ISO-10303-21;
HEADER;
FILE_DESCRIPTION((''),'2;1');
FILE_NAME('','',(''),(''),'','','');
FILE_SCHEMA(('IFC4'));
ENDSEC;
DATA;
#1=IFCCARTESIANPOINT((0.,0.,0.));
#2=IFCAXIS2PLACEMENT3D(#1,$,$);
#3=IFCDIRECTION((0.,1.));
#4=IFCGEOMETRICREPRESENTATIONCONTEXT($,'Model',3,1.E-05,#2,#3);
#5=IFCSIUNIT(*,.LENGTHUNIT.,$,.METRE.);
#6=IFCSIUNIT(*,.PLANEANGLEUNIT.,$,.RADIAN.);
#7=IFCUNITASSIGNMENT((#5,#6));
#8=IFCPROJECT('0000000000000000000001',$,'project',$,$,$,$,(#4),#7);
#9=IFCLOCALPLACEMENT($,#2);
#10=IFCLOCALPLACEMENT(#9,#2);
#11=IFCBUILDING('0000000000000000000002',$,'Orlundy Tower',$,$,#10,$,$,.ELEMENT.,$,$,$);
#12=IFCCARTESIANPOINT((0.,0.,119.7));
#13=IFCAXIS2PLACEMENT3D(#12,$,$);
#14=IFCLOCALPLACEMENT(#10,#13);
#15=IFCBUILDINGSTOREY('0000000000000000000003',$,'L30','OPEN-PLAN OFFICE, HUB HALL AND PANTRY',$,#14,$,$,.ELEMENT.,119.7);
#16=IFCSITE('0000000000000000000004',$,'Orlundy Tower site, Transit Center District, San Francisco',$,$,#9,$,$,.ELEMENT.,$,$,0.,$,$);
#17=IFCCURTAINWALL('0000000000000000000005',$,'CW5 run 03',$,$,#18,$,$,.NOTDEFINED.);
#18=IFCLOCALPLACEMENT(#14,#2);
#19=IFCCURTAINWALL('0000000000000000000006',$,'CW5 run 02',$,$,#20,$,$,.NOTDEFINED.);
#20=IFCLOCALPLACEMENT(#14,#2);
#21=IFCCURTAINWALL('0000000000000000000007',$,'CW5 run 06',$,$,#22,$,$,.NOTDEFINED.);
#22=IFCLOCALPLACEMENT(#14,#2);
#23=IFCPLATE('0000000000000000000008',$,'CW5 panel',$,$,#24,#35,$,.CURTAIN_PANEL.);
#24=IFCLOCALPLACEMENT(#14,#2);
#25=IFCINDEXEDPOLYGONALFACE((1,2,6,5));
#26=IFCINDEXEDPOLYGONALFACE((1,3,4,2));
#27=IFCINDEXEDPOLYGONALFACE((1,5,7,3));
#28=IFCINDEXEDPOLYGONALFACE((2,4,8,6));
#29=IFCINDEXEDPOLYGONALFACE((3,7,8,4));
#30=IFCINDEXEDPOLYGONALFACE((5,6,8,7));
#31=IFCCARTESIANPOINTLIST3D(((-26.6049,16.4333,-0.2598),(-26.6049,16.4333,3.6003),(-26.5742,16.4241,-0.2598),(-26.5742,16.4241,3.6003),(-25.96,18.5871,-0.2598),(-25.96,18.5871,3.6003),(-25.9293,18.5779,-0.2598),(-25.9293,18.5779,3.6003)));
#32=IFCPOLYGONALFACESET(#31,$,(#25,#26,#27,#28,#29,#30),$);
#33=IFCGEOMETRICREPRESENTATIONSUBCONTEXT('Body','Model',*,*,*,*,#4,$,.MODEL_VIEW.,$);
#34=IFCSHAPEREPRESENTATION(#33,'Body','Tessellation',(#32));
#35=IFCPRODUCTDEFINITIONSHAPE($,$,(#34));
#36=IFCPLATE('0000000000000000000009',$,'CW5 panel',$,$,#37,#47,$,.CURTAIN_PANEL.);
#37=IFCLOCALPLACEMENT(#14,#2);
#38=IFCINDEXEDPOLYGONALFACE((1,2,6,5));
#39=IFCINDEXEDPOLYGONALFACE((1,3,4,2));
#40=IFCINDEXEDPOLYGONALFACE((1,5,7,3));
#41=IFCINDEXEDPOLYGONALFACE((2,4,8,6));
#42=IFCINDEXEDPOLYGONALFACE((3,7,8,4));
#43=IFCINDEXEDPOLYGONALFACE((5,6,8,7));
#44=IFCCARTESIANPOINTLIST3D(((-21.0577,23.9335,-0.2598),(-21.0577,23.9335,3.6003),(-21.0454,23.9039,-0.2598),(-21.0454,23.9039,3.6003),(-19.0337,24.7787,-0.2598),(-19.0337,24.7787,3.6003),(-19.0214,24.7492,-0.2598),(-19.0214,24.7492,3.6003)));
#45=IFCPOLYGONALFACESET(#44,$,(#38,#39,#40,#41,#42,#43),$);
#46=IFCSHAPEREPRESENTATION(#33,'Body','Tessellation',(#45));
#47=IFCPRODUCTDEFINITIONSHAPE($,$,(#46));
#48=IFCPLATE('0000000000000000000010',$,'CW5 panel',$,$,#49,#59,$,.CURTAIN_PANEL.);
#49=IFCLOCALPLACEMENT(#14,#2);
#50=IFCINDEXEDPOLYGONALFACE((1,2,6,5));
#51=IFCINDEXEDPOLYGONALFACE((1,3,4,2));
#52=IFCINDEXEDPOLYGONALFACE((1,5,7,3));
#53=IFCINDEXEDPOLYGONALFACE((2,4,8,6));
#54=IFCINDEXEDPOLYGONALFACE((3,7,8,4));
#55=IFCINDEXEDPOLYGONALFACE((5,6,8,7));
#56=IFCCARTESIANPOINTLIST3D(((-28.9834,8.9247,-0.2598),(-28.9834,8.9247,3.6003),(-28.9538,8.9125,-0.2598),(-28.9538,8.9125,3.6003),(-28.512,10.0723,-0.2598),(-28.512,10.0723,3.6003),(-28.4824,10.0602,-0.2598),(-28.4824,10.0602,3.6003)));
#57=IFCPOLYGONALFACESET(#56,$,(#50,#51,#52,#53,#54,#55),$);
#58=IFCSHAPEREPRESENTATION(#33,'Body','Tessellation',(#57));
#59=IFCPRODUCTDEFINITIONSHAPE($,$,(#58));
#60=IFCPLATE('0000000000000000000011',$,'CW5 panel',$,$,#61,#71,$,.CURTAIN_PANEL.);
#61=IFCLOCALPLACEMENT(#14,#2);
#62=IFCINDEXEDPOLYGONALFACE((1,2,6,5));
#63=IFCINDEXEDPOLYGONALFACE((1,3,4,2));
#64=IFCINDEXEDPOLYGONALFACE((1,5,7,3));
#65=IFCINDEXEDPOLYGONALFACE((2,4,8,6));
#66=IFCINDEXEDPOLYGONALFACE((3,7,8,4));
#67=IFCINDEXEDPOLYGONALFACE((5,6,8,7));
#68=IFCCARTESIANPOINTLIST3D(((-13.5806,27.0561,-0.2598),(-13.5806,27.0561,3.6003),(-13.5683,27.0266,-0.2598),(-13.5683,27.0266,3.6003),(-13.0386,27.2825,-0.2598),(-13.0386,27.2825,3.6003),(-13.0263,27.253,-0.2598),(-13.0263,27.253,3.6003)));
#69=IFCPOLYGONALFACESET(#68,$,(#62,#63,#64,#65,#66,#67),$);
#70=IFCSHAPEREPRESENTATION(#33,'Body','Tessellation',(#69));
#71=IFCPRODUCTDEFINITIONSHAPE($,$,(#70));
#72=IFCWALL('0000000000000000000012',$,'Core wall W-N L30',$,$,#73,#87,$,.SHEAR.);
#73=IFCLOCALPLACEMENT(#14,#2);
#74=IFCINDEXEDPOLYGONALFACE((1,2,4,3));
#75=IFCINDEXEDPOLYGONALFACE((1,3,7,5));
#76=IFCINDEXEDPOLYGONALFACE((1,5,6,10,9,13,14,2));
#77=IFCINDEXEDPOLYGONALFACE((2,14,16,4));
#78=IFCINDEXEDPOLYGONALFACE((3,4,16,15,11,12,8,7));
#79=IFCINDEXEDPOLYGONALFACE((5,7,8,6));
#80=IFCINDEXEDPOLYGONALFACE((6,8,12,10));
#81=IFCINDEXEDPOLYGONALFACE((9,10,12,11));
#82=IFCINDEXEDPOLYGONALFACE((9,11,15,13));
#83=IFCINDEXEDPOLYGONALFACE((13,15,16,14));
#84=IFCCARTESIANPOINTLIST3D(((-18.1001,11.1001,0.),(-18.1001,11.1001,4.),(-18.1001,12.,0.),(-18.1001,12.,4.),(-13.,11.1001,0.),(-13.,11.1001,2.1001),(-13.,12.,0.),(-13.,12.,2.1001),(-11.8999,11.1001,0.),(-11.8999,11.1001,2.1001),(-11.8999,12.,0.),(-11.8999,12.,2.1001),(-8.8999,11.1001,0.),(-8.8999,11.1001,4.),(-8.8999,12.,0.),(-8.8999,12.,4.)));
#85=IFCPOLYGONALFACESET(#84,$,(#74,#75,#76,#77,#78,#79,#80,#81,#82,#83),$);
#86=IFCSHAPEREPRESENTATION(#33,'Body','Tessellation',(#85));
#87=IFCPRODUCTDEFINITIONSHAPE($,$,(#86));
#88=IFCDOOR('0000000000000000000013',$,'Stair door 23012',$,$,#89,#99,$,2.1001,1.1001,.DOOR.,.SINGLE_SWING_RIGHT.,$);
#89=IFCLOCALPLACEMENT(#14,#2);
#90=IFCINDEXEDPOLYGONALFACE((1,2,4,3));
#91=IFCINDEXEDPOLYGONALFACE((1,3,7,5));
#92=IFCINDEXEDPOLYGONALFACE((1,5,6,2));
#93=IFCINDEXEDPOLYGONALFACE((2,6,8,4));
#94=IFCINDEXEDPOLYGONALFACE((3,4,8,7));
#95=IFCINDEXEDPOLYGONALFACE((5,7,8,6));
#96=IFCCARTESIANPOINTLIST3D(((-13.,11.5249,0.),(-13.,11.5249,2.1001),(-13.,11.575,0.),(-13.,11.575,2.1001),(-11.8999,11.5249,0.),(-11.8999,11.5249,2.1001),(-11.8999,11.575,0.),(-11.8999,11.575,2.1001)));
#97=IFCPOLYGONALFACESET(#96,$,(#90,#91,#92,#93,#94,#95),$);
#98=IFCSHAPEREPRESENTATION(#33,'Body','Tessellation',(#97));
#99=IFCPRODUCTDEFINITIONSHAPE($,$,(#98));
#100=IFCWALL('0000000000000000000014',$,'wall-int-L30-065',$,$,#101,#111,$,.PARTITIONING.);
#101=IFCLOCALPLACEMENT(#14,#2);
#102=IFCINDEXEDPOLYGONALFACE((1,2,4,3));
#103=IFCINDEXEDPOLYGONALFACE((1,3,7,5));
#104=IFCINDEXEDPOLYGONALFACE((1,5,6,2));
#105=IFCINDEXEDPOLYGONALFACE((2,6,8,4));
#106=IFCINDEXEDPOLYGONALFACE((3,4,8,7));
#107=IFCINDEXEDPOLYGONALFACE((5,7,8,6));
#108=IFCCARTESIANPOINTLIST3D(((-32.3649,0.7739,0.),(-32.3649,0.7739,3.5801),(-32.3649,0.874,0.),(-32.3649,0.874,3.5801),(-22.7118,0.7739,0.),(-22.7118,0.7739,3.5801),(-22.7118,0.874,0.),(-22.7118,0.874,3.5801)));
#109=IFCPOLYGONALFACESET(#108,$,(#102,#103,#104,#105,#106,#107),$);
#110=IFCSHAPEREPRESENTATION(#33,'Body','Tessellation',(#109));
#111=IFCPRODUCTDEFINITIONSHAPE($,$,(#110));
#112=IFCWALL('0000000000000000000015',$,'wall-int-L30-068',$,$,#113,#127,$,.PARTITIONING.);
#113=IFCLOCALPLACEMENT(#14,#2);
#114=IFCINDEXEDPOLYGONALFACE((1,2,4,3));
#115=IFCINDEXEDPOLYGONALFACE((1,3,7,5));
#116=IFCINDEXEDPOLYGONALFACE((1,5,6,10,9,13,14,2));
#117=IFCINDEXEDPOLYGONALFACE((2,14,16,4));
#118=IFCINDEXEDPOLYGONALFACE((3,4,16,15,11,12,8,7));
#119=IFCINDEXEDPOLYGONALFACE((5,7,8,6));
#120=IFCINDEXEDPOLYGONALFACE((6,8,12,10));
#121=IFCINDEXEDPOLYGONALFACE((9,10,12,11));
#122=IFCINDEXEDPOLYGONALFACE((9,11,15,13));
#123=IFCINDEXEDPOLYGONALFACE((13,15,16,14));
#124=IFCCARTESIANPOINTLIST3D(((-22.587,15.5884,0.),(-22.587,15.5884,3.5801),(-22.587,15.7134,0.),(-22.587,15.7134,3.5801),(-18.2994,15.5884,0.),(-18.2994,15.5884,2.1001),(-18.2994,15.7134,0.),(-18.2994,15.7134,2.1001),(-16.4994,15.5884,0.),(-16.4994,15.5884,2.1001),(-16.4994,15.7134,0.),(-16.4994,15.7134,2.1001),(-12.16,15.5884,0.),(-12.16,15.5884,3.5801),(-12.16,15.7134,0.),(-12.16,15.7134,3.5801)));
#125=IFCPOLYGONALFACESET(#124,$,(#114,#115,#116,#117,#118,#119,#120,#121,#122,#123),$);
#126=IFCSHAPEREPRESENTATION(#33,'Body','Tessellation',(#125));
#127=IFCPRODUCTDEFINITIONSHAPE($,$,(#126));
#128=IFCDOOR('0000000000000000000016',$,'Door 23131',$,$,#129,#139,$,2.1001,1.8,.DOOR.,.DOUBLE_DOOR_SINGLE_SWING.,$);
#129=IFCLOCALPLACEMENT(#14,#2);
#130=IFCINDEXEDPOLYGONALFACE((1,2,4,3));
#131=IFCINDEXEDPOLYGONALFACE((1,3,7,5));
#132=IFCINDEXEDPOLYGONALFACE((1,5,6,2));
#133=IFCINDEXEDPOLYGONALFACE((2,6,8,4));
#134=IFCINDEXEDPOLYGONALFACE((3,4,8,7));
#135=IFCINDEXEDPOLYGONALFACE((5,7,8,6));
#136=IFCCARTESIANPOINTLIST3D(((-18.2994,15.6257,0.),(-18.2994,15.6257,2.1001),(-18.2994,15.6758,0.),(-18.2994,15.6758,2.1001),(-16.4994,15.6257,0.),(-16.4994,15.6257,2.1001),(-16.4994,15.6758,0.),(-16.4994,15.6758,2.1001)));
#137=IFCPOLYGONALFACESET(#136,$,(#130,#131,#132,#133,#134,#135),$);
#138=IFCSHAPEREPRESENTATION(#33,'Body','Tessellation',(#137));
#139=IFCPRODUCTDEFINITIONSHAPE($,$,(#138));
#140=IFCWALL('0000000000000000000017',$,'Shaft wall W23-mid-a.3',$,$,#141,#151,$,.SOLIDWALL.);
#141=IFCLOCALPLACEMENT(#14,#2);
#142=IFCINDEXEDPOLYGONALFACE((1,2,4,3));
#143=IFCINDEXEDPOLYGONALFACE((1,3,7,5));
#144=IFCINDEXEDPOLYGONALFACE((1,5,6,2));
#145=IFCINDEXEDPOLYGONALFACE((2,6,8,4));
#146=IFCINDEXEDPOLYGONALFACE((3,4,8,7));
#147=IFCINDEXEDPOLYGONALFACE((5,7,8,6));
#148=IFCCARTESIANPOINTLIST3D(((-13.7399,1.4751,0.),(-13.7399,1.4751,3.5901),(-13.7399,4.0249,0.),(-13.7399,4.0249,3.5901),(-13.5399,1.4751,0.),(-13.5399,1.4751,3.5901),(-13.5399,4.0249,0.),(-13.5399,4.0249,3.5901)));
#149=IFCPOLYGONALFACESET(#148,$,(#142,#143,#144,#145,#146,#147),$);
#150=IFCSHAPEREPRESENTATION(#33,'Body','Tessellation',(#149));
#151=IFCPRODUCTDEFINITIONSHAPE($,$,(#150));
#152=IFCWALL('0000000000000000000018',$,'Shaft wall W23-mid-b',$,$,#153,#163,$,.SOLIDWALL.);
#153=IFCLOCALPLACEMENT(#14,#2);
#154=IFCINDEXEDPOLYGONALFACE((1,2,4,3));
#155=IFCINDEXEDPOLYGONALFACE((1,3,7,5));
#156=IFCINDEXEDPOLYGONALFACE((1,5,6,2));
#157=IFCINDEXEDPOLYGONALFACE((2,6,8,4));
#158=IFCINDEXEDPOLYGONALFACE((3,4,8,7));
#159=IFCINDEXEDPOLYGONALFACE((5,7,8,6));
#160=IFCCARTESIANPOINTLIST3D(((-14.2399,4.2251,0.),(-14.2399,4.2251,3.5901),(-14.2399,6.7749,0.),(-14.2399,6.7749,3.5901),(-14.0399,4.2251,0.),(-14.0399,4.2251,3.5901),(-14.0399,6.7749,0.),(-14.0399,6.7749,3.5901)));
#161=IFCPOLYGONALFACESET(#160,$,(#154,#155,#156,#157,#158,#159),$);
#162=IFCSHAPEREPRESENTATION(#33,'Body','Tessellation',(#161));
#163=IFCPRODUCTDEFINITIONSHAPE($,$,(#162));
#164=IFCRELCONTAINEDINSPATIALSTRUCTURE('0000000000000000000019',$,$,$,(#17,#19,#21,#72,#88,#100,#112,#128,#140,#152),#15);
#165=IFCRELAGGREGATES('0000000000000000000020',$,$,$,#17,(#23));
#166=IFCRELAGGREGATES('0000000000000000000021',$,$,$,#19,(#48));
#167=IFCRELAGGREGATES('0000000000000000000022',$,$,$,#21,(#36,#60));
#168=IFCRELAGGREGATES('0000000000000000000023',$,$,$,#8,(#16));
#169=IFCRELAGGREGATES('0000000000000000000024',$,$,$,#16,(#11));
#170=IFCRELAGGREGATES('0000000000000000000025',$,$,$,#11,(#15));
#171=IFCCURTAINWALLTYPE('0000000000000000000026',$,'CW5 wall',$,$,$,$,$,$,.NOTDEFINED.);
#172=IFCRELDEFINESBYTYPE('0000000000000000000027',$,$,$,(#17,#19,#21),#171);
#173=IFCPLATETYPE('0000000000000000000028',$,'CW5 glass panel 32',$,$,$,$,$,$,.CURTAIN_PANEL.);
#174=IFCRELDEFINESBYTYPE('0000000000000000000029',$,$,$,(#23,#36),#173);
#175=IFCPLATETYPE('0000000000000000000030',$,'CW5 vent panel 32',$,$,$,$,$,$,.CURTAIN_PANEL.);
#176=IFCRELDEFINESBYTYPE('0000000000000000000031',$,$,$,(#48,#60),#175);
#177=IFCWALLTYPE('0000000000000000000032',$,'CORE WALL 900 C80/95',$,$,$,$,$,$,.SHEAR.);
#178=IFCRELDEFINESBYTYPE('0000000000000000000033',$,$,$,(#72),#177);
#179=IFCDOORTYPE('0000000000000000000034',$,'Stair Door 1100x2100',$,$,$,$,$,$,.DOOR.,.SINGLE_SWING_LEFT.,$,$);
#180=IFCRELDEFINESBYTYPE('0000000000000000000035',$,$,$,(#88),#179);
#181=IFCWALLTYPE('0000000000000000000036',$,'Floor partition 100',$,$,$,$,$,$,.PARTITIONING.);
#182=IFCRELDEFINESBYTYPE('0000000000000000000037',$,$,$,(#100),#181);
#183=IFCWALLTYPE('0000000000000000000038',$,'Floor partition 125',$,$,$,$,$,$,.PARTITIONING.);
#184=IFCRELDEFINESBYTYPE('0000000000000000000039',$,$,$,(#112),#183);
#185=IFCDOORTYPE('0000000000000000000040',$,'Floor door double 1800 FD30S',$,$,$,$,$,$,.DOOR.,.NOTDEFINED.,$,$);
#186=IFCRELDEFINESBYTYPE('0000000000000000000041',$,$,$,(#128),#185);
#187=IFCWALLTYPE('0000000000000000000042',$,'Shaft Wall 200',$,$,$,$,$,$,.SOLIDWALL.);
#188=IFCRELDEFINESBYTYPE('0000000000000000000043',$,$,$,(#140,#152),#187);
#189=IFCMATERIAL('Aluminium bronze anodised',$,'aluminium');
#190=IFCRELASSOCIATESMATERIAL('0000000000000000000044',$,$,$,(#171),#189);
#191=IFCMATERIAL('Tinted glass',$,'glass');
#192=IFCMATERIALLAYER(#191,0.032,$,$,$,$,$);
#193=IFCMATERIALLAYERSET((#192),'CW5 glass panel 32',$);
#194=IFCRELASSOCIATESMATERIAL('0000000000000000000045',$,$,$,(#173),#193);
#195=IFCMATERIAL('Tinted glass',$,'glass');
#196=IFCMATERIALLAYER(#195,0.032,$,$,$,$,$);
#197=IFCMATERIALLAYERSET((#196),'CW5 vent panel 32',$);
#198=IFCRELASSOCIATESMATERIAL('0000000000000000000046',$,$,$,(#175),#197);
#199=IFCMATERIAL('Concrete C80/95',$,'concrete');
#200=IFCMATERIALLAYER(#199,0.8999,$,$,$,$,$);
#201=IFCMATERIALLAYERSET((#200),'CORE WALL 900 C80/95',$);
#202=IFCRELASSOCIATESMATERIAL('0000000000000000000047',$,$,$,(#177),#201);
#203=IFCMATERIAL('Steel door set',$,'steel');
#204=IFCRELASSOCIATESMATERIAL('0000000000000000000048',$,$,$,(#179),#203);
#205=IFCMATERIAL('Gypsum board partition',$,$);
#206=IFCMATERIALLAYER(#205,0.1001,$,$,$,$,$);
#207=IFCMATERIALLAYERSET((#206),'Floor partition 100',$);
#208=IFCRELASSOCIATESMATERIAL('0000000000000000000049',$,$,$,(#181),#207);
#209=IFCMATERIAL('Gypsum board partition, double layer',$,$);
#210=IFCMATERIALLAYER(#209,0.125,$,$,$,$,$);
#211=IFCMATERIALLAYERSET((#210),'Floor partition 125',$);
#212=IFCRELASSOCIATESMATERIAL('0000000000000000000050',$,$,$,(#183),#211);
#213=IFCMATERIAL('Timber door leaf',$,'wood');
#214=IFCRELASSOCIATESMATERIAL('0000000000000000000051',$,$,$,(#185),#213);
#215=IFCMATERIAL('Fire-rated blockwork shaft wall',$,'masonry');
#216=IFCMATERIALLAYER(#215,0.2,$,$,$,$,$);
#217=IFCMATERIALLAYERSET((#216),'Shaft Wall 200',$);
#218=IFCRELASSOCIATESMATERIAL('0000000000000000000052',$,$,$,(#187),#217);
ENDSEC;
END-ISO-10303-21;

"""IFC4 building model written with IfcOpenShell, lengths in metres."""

from ifc_helpers import new_model, si_unit, direction, frame, frame_2d, origin, origin_2d, place, context, subcontext, project, spatial, rectangle, extrude, material, layer, layer_set, type_object, element, fill, aggregate, save


model = new_model("IFC4")

# Units and contexts
model_context = context("Model", 3, precision=1e-05, world=origin(), true_north=direction((0.0, 1.0)))
body_context = subcontext(model_context, "Body", "Model", "MODEL_VIEW")
ifc_project = project(units=[si_unit("LENGTHUNIT", "METRE"), si_unit("PLANEANGLEUNIT", "RADIAN")], contexts=[model_context])

# Site, building, storey
site_placement = place(None, origin())
site = spatial("IfcSite", under=ifc_project, at=site_placement, Name="Orlundy Tower site, Transit Center District, San Francisco", CompositionType="ELEMENT", RefElevation=0.0)
building_placement = place(site_placement, origin())
building = spatial("IfcBuilding", under=site, at=building_placement, Name="Orlundy Tower", CompositionType="ELEMENT")
storey_placement = place(building_placement, frame((0.0, 0.0, 119.7)))
storey = spatial("IfcBuildingStorey", under=building, at=storey_placement, Name="L30", Description="OPEN-PLAN OFFICE, HUB HALL AND PANTRY", CompositionType="ELEMENT", Elevation=119.7)

# Curtain wall
ifc_material_1 = material(Name="Aluminium bronze anodised", Category="aluminium")
curtain_wall_type = type_object("IfcCurtainWallType", Name="CW5 wall", PredefinedType="NOTDEFINED", material=ifc_material_1)
curtain_wall_1_placement = place(storey_placement, origin())
curtain_wall_1 = element("IfcCurtainWall", 1, at=curtain_wall_1_placement, inside=storey, type_object=curtain_wall_type, Name="CW5 run 03", PredefinedType="NOTDEFINED")

# Curtain wall
curtain_wall_2_placement = place(storey_placement, origin())
curtain_wall_2 = element("IfcCurtainWall", 2, at=curtain_wall_2_placement, inside=storey, type_object=curtain_wall_type, Name="CW5 run 02", PredefinedType="NOTDEFINED")

# Curtain wall
curtain_wall_3_placement = place(storey_placement, origin())
curtain_wall_3 = element("IfcCurtainWall", 3, at=curtain_wall_3_placement, inside=storey, type_object=curtain_wall_type, Name="CW5 run 06", PredefinedType="NOTDEFINED")

# Plates
ifc_material_2 = material(Name="Tinted glass", Category="glass")
ifc_layer_1 = layer(ifc_material_2, 0.032)
ifc_layer_set_1 = layer_set([ifc_layer_1], Name="CW5 glass panel 32")
plate_type_1 = type_object("IfcPlateType", Name="CW5 glass panel 32", PredefinedType="CURTAIN_PANEL", material=ifc_layer_set_1)
plate_1_placement = place(storey_placement, frame((-26.2671, 17.5056, -0.2598), z_axis=(0.0, 0.0, 1.0), x_axis=(0.286845, 0.957977, 0.0)))
plate_1 = element("IfcPlate", 4, at=plate_1_placement, type_object=plate_type_1, Name="CW5 panel", PredefinedType="CURTAIN_PANEL", context=body_context, shape_type="SweptSolid", body=[
    extrude(rectangle(XDim=2.2483, YDim=0.032, at=origin_2d()), origin(), (0.0, 0.0, 1.0), 3.8601),
])
aggregate(curtain_wall_1, [plate_1])
plate_2_placement = place(storey_placement, frame((-20.0396, 24.3413, -0.2598), z_axis=(0.0, 0.0, 1.0), x_axis=(0.922768, 0.385355, 0.0)))
plate_2 = element("IfcPlate", 5, at=plate_2_placement, type_object=plate_type_1, Name="CW5 panel", PredefinedType="CURTAIN_PANEL", context=body_context, shape_type="SweptSolid", body=[
    extrude(rectangle(XDim=2.1934, YDim=0.032, at=origin_2d()), origin(), (0.0, 0.0, 1.0), 3.8601),
])
ifc_material_3 = material(Name="Tinted glass", Category="glass")
ifc_layer_2 = layer(ifc_material_3, 0.032)
ifc_layer_set_2 = layer_set([ifc_layer_2], Name="CW5 vent panel 32")
plate_type_2 = type_object("IfcPlateType", Name="CW5 vent panel 32", PredefinedType="CURTAIN_PANEL", material=ifc_layer_set_2)
plate_3_placement = place(storey_placement, frame((-28.7329, 9.4924, -0.2598), z_axis=(0.0, 0.0, 1.0), x_axis=(0.379977, 0.924996, 0.0)))
plate_3 = element("IfcPlate", 6, at=plate_3_placement, type_object=plate_type_2, Name="CW5 panel", PredefinedType="CURTAIN_PANEL", context=body_context, shape_type="SweptSolid", body=[
    extrude(rectangle(XDim=1.2407, YDim=0.032, at=origin_2d()), origin(), (0.0, 0.0, 1.0), 3.8601),
])
aggregate(curtain_wall_2, [plate_3])
plate_4_placement = place(storey_placement, frame((-13.3035, 27.1545, -0.2598), z_axis=(0.0, 0.0, 1.0), x_axis=(0.922768, 0.385355, 0.0)))
plate_4 = element("IfcPlate", 7, at=plate_4_placement, type_object=plate_type_2, Name="CW5 panel", PredefinedType="CURTAIN_PANEL", context=body_context, shape_type="SweptSolid", body=[
    extrude(rectangle(XDim=0.5874, YDim=0.032, at=origin_2d()), origin(), (0.0, 0.0, 1.0), 3.8601),
])
aggregate(curtain_wall_3, [plate_2, plate_4])

# Wall, opening, door
ifc_material_4 = material(Name="Concrete C80/95", Category="concrete")
ifc_layer_3 = layer(ifc_material_4, 0.8999)
ifc_layer_set_3 = layer_set([ifc_layer_3], Name="CORE WALL 900 C80/95")
wall_type_1 = type_object("IfcWallType", Name="CORE WALL 900 C80/95", PredefinedType="SHEAR", material=ifc_layer_set_3)
wall_1_placement = place(storey_placement, frame((-18.1001, 11.55, 0.0), z_axis=(0.0, 0.0, 1.0), x_axis=(1.0, 0.0, 0.0)))
wall_1 = element("IfcWall", 8, at=wall_1_placement, inside=storey, type_object=wall_type_1, Name="Core wall W-N L30", PredefinedType="SHEAR", context=body_context, shape_type="SweptSolid", body=[
    extrude(rectangle(XDim=9.2002, YDim=0.8999, at=frame_2d((4.6001, 0.0))), origin(), (0.0, 0.0, 1.0), 4.0),
])
opening_1_placement = place(wall_1_placement, frame((5.1001, 0.0, 0.0)))
opening_1 = element("IfcOpeningElement", 9, at=opening_1_placement, cuts=wall_1, PredefinedType="OPENING", context=body_context, shape_type="SweptSolid", body=[
    extrude(rectangle(XDim=1.1001, YDim=2.1001, at=frame_2d((0.55, 1.05))), frame((0.0, 0.46, 0.0), z_axis=(0.0, -1.0, 0.0), x_axis=(1.0, 0.0, 0.0)), (0.0, 0.0, 1.0), 0.9199),
])
ifc_material_5 = material(Name="Steel door set", Category="steel")
door_type_1 = type_object("IfcDoorType", Name="Stair Door 1100x2100", OperationType="SINGLE_SWING_LEFT", PredefinedType="DOOR", material=ifc_material_5)
door_1_placement = place(opening_1_placement, origin())
door_1 = element("IfcDoor", 10, at=door_1_placement, inside=storey, type_object=door_type_1, Name="Stair door 23012", OperationType="SINGLE_SWING_RIGHT", OverallHeight=2.1001, OverallWidth=1.1001, PredefinedType="DOOR", context=body_context, shape_type="SweptSolid", body=[
    extrude(rectangle(XDim=1.1001, YDim=2.1001, at=frame_2d((0.55, 1.05))), frame((0.0, 0.0249, 0.0), z_axis=(0.0, -1.0, 0.0), x_axis=(1.0, 0.0, 0.0)), (0.0, 0.0, 1.0), 0.05),
])
fill(opening_1, door_1)

# Wall
ifc_material_6 = material(Name="Gypsum board partition")
ifc_layer_4 = layer(ifc_material_6, 0.1001)
ifc_layer_set_4 = layer_set([ifc_layer_4], Name="Floor partition 100")
wall_type_2 = type_object("IfcWallType", Name="Floor partition 100", PredefinedType="PARTITIONING", material=ifc_layer_set_4)
wall_2_placement = place(storey_placement, frame((-32.365, 0.824, 0.0), z_axis=(0.0, 0.0, 1.0), x_axis=(1.0, 0.0, 0.0)))
element("IfcWall", 11, at=wall_2_placement, inside=storey, type_object=wall_type_2, Name="wall-int-L30-065", PredefinedType="PARTITIONING", context=body_context, shape_type="SweptSolid", body=[
    extrude(rectangle(XDim=9.6531, YDim=0.1001, at=frame_2d((4.8267, 0.0))), origin(), (0.0, 0.0, 1.0), 3.5801),
])

# Wall, opening, door
ifc_material_7 = material(Name="Gypsum board partition, double layer")
ifc_layer_5 = layer(ifc_material_7, 0.125)
ifc_layer_set_5 = layer_set([ifc_layer_5], Name="Floor partition 125")
wall_type_3 = type_object("IfcWallType", Name="Floor partition 125", PredefinedType="PARTITIONING", material=ifc_layer_set_5)
wall_3_placement = place(storey_placement, frame((-22.5869, 15.6509, 0.0), z_axis=(0.0, 0.0, 1.0), x_axis=(1.0, 0.0, 0.0)))
wall_3 = element("IfcWall", 12, at=wall_3_placement, inside=storey, type_object=wall_type_3, Name="wall-int-L30-068", PredefinedType="PARTITIONING", context=body_context, shape_type="SweptSolid", body=[
    extrude(rectangle(XDim=10.427, YDim=0.125, at=frame_2d((5.2134, 0.0))), origin(), (0.0, 0.0, 1.0), 3.5801),
])
opening_2_placement = place(wall_3_placement, frame((4.2876, 0.0, 0.0)))
opening_2 = element("IfcOpeningElement", 13, at=opening_2_placement, cuts=wall_3, PredefinedType="OPENING", context=body_context, shape_type="SweptSolid", body=[
    extrude(rectangle(XDim=1.8, YDim=2.1001, at=frame_2d((0.8999, 1.05))), frame((0.0, 0.0725, 0.0), z_axis=(0.0, -1.0, 0.0), x_axis=(1.0, 0.0, 0.0)), (0.0, 0.0, 1.0), 0.145),
])
ifc_material_8 = material(Name="Timber door leaf", Category="wood")
door_type_2 = type_object("IfcDoorType", Name="Floor door double 1800 FD30S", OperationType="NOTDEFINED", PredefinedType="DOOR", material=ifc_material_8)
door_2_placement = place(opening_2_placement, origin())
door_2 = element("IfcDoor", 14, at=door_2_placement, inside=storey, type_object=door_type_2, Name="Door 23131", OperationType="DOUBLE_DOOR_SINGLE_SWING", OverallHeight=2.1001, OverallWidth=1.8, PredefinedType="DOOR", context=body_context, shape_type="SweptSolid", body=[
    extrude(rectangle(XDim=1.8, YDim=2.1001, at=frame_2d((0.8999, 1.05))), frame((0.0, 0.0249, 0.0), z_axis=(0.0, -1.0, 0.0), x_axis=(1.0, 0.0, 0.0)), (0.0, 0.0, 1.0), 0.05),
])
fill(opening_2, door_2)

# Walls
ifc_material_9 = material(Name="Fire-rated blockwork shaft wall", Category="masonry")
ifc_layer_6 = layer(ifc_material_9, 0.2)
ifc_layer_set_6 = layer_set([ifc_layer_6], Name="Shaft Wall 200")
wall_type_4 = type_object("IfcWallType", Name="Shaft Wall 200", PredefinedType="SOLIDWALL", material=ifc_layer_set_6)
for number, where, z_axis, x_axis, name in (
    (15, (-13.6399, 1.4751, 0.0), (0.0, 0.0, 1.0), (0.0, 1.0, 0.0), "Shaft wall W23-mid-a.3"),
    (16, (-14.1399, 4.2251, 0.0), (0.0, 0.0, 1.0), (0.0, 1.0, 0.0), "Shaft wall W23-mid-b"),
):
    element("IfcWall", number, at=place(storey_placement, frame(where, z_axis=z_axis, x_axis=x_axis)), inside=storey, type_object=wall_type_4, Name=name, PredefinedType="SOLIDWALL", context=body_context, shape_type="SweptSolid", body=[
        extrude(rectangle(XDim=2.5498, YDim=0.2, at=frame_2d((1.2749, 0.0))), origin(), (0.0, 0.0, 1.0), 3.5901),
    ])

save(model, "model.ifc")
